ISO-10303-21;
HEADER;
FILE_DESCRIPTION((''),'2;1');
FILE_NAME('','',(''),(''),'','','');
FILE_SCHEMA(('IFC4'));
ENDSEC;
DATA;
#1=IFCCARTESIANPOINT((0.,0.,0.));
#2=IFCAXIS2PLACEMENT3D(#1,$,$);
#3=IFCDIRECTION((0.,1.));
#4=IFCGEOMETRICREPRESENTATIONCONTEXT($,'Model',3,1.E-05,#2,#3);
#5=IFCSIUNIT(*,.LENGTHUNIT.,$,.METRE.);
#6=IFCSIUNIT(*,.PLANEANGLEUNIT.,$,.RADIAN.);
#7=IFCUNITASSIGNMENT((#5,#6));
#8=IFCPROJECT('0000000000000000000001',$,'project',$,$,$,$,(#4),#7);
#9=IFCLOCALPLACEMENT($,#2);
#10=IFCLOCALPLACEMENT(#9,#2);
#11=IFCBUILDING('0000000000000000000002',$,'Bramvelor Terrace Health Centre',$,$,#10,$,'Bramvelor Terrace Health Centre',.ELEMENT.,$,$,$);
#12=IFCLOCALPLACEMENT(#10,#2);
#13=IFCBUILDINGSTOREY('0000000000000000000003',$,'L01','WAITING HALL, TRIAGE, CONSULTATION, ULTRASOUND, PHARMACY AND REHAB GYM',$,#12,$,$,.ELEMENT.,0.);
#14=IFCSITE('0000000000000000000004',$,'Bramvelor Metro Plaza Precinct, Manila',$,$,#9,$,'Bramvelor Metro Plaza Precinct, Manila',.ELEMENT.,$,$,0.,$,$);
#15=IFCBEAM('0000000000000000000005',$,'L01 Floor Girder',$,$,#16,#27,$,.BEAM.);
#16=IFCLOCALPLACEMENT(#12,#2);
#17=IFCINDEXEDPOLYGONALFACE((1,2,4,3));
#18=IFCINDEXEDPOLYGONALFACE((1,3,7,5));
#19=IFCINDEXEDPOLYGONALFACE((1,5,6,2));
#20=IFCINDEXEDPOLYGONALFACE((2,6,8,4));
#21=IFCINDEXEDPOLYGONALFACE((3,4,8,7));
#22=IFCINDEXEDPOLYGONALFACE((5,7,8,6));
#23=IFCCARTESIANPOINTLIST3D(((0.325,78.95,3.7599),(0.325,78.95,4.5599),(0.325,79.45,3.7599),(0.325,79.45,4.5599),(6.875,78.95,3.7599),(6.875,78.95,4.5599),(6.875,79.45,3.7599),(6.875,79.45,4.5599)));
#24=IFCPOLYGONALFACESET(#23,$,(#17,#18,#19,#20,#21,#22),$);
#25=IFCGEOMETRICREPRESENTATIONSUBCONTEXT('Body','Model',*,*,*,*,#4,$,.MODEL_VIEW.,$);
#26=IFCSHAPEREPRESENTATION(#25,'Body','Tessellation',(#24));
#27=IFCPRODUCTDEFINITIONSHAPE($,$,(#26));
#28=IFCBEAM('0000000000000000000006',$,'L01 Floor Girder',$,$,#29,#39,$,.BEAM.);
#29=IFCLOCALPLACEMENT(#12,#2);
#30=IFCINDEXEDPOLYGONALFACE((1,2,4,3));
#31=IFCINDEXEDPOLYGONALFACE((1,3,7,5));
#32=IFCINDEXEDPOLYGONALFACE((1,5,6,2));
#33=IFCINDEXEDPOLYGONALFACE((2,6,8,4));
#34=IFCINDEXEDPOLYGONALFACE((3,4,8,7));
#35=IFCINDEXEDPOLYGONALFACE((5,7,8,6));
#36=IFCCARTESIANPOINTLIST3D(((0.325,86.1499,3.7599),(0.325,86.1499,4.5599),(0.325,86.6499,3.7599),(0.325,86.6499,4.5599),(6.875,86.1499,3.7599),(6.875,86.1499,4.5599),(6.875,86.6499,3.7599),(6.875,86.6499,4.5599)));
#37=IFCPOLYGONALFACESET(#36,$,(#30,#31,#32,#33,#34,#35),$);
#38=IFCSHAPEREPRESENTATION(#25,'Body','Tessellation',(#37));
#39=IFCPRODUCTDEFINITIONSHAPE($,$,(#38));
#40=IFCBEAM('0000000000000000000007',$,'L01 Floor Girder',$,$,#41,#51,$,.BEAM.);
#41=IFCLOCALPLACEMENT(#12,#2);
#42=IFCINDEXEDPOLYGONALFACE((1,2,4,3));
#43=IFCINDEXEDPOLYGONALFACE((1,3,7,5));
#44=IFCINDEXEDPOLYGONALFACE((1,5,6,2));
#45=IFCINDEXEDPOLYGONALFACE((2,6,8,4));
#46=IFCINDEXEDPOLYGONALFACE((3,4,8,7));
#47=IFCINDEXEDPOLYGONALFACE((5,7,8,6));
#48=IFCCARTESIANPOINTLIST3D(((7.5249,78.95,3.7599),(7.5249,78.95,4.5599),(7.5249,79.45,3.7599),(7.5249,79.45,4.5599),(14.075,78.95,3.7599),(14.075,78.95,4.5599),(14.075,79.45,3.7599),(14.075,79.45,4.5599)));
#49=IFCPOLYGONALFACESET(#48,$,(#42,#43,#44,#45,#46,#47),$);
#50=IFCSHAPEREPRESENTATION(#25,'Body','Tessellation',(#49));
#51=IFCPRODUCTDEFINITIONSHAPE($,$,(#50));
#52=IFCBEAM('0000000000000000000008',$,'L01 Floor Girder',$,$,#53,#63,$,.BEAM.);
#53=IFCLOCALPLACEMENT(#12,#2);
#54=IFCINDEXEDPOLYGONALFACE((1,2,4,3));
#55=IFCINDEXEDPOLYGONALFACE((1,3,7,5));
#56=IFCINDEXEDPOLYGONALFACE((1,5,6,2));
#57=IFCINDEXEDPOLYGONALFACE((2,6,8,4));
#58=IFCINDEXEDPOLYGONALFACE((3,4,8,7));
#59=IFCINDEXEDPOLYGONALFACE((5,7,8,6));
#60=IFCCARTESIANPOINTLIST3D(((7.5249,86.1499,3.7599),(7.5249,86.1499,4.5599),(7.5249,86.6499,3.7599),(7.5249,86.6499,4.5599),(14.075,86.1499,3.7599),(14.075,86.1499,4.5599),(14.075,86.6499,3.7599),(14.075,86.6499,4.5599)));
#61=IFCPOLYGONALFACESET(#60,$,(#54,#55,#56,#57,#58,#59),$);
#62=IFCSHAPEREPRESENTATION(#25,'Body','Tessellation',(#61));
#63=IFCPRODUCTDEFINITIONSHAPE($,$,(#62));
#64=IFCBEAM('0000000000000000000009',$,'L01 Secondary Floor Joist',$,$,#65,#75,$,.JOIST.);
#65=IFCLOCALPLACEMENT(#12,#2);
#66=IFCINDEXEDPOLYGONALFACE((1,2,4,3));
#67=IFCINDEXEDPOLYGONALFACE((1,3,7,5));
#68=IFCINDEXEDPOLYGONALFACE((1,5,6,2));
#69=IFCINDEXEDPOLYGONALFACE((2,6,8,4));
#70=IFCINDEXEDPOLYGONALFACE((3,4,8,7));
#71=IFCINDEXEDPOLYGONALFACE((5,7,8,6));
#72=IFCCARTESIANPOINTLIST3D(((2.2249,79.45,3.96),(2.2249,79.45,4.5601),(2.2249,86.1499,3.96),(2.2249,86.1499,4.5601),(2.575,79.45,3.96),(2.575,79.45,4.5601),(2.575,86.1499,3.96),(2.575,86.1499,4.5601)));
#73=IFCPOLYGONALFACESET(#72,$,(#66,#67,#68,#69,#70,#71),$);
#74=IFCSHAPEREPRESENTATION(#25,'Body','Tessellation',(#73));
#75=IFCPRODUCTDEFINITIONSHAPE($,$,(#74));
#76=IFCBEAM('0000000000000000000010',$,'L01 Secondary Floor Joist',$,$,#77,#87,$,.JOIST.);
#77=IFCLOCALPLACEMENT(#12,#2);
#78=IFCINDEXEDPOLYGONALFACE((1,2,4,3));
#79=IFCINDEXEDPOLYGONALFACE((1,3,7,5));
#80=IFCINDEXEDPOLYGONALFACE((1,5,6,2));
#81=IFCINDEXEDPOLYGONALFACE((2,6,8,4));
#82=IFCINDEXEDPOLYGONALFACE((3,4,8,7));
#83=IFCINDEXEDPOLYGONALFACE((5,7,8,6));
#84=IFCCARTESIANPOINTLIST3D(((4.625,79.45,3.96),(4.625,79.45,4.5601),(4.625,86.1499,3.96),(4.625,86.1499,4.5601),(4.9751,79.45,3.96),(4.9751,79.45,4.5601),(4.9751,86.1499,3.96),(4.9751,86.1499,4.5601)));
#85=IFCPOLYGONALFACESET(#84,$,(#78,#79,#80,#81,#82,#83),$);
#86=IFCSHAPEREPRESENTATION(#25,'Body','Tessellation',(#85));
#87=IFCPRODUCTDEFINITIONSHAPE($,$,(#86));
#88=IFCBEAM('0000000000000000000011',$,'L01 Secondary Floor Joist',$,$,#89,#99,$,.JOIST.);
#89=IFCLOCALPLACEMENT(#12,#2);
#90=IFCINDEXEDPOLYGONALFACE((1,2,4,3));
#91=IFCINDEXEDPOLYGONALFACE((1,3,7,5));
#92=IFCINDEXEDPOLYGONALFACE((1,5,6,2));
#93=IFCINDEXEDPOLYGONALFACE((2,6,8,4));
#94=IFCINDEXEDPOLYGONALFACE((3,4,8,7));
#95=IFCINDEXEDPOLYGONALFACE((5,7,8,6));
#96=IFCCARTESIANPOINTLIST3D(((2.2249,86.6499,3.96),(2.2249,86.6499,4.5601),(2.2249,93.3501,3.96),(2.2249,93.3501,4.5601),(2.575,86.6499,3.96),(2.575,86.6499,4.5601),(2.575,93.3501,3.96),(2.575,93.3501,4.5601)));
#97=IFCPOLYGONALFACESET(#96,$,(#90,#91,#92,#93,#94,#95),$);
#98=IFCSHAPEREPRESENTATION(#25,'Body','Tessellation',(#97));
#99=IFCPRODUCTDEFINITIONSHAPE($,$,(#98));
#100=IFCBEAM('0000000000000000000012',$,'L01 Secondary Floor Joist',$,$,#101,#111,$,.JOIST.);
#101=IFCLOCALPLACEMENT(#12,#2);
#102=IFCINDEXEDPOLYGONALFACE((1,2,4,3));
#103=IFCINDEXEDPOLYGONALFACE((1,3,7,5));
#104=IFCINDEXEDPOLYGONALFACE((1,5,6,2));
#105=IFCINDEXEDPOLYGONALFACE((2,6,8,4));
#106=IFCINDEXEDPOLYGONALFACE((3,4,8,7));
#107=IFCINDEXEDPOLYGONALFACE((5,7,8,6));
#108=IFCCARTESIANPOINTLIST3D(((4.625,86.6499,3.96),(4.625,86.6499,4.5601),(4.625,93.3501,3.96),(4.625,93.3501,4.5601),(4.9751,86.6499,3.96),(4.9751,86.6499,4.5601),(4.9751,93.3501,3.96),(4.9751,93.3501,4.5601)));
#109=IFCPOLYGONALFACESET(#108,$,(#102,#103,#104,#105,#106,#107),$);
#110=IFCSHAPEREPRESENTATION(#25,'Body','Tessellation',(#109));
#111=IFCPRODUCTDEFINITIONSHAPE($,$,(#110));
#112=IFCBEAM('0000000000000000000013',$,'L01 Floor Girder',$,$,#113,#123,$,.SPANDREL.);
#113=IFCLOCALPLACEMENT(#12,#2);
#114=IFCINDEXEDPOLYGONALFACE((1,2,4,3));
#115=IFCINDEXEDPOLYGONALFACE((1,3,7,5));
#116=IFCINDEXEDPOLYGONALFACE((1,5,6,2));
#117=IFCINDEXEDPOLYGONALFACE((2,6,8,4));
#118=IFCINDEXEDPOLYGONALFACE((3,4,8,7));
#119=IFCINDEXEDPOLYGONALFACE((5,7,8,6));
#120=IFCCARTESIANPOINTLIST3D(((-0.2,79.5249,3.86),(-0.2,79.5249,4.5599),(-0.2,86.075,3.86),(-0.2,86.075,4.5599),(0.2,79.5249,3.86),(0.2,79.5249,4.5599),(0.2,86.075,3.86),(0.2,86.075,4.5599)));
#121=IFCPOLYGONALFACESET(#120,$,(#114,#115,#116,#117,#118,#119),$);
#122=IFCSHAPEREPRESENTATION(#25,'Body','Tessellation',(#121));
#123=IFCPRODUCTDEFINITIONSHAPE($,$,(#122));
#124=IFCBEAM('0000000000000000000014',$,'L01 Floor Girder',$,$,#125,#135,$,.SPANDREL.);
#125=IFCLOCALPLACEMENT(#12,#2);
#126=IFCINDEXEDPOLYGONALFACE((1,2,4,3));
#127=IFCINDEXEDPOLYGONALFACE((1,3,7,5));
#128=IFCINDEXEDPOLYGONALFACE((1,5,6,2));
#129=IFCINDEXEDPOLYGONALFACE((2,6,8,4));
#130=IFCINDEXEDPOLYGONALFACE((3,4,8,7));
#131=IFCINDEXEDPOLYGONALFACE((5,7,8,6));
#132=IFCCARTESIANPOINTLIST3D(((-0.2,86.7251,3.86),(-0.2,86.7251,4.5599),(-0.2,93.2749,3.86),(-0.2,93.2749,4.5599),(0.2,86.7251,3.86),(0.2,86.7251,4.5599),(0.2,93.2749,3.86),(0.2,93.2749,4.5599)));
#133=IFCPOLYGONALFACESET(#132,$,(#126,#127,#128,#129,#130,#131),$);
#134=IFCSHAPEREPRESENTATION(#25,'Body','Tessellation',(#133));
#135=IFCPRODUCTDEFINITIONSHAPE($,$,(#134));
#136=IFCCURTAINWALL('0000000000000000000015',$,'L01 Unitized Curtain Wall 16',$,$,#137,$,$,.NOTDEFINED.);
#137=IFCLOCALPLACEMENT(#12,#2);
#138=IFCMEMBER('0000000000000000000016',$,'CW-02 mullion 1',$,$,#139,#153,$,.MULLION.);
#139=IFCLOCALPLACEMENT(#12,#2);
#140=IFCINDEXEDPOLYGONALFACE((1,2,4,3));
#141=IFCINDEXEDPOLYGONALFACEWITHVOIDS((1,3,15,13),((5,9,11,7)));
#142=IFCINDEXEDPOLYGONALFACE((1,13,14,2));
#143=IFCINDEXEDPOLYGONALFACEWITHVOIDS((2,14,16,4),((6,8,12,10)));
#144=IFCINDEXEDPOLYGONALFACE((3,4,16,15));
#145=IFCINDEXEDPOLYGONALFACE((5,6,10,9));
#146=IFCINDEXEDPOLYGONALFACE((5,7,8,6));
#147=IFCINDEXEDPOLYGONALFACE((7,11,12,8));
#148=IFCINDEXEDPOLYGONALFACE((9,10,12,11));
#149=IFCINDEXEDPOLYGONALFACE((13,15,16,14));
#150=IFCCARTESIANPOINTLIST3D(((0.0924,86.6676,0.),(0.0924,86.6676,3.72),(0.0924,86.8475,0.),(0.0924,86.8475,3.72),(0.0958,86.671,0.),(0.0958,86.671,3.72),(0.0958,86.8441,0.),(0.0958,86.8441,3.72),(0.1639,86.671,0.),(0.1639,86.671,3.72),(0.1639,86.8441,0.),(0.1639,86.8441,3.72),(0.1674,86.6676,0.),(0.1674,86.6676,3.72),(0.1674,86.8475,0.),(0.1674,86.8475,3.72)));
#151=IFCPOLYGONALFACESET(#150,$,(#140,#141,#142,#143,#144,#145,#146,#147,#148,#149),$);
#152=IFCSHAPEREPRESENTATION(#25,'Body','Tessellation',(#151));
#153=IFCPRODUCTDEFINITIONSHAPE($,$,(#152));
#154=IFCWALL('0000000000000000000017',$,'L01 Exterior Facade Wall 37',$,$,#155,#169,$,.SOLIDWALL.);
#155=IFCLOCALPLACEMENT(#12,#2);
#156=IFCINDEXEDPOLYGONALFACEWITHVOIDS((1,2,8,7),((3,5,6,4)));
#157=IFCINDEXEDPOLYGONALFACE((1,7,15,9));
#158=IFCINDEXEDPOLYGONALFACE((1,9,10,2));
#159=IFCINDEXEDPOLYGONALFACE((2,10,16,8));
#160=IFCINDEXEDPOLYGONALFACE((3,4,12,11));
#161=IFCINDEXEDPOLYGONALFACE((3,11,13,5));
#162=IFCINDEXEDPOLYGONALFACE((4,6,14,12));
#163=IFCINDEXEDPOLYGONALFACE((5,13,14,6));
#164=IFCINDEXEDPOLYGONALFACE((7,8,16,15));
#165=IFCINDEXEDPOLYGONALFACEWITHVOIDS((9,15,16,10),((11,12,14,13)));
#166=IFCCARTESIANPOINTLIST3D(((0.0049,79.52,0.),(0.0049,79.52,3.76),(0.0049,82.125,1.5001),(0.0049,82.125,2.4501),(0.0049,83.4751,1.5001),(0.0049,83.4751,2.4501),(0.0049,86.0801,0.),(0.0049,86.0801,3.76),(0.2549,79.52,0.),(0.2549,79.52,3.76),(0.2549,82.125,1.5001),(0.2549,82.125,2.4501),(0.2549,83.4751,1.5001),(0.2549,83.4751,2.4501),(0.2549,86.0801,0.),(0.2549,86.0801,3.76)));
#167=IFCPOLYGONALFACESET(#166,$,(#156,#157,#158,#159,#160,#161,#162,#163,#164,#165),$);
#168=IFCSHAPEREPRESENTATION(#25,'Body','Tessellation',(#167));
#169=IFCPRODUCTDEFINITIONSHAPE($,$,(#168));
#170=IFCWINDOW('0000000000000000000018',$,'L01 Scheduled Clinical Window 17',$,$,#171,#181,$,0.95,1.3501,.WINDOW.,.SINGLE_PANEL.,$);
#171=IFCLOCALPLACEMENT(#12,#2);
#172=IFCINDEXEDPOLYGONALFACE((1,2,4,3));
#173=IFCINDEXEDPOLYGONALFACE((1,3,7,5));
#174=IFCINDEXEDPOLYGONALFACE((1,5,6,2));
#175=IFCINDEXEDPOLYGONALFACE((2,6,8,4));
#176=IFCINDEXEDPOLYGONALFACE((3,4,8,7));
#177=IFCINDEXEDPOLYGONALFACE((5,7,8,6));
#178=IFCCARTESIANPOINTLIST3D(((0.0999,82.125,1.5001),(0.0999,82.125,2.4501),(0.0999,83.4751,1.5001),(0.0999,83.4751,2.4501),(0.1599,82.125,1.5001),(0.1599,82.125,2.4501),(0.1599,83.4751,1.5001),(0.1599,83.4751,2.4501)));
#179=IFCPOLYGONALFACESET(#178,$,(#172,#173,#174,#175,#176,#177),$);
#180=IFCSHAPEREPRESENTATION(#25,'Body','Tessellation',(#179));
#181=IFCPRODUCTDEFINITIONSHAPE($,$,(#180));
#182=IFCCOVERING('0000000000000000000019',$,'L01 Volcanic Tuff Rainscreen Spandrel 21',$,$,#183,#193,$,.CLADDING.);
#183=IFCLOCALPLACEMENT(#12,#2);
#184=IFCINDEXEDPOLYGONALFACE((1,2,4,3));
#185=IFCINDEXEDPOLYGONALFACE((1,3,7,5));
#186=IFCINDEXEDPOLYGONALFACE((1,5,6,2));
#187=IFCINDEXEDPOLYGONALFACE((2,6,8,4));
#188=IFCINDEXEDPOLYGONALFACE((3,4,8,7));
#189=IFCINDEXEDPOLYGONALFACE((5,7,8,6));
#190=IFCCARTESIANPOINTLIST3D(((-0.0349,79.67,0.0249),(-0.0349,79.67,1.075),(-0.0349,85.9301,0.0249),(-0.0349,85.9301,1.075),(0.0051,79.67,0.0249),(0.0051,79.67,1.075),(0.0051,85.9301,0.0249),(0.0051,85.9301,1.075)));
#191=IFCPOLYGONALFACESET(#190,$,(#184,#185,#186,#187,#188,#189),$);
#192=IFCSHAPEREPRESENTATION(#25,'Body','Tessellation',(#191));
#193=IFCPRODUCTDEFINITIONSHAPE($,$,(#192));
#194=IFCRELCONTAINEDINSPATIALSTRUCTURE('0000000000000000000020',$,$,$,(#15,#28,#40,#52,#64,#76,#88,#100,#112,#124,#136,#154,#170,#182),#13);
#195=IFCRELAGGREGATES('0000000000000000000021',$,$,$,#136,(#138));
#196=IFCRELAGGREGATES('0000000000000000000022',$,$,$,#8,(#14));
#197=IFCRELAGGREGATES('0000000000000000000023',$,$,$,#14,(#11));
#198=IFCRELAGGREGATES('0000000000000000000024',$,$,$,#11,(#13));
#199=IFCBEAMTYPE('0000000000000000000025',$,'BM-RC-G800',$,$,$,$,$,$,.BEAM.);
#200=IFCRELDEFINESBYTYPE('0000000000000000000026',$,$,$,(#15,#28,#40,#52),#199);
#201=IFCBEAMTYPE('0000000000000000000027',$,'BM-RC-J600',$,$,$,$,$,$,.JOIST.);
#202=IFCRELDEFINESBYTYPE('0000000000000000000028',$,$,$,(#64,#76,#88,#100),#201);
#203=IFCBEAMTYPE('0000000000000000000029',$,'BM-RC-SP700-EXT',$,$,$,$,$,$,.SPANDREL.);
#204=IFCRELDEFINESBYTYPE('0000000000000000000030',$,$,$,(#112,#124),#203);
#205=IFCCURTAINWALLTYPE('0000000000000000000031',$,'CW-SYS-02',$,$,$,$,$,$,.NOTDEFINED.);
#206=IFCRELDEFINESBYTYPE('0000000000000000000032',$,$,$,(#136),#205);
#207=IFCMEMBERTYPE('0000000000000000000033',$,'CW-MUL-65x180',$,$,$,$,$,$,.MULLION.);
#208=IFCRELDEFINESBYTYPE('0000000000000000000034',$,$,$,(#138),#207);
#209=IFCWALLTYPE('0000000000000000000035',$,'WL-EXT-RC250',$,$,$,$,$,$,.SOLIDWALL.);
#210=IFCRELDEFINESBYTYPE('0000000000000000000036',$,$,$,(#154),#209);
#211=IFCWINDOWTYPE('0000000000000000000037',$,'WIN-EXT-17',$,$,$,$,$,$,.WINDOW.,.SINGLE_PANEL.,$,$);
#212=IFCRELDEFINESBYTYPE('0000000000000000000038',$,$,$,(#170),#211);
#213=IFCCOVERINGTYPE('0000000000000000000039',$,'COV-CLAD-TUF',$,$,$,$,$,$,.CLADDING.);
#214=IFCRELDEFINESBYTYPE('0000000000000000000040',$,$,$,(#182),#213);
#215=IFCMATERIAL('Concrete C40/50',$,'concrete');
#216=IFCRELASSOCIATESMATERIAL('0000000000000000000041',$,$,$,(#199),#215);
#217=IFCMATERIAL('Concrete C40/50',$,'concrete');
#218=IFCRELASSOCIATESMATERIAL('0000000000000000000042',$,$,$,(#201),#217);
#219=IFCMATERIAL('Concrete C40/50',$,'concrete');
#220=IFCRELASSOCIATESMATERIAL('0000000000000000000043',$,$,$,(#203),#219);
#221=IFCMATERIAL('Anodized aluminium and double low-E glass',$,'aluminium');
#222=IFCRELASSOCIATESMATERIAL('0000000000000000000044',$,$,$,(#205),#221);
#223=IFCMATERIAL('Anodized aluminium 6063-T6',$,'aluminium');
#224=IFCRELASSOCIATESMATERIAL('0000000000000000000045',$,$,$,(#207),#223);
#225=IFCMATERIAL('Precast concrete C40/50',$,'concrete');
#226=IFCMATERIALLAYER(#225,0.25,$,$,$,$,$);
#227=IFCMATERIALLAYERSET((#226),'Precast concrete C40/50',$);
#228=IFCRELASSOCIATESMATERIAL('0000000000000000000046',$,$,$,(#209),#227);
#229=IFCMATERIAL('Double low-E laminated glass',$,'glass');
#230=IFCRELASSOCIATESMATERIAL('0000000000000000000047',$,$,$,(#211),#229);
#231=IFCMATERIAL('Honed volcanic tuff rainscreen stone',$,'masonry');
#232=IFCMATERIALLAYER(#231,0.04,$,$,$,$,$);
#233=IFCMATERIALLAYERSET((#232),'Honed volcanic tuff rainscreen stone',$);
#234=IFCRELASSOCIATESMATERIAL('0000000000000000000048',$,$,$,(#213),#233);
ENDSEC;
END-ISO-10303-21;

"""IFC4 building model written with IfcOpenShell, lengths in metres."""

from ifc_helpers import new_model, si_unit, direction, frame, frame_2d, origin, origin_2d, place, context, subcontext, project, spatial, rectangle, hollow_rectangle, extrude, material, layer, layer_set, material_profile, profile_set, type_object, element, fill, aggregate, save


model = new_model("IFC4")

# Units and contexts
model_context = context("Model", 3, precision=1e-05, world=origin(), true_north=direction((0.0, 1.0)))
body_context = subcontext(model_context, "Body", "Model", "MODEL_VIEW")
ifc_project = project(units=[si_unit("LENGTHUNIT", "METRE"), si_unit("PLANEANGLEUNIT", "RADIAN")], contexts=[model_context])

# Site, building, storey
site_placement = place(None, origin())
site = spatial("IfcSite", under=ifc_project, at=site_placement, Name="Bramvelor Metro Plaza Precinct, Manila", LongName="Bramvelor Metro Plaza Precinct, Manila", CompositionType="ELEMENT", RefElevation=0.0)
building_placement = place(site_placement, origin())
building = spatial("IfcBuilding", under=site, at=building_placement, Name="Bramvelor Terrace Health Centre", LongName="Bramvelor Terrace Health Centre", CompositionType="ELEMENT")
storey_placement = place(building_placement, origin())
storey = spatial("IfcBuildingStorey", under=building, at=storey_placement, Name="L01", Description="WAITING HALL, TRIAGE, CONSULTATION, ULTRASOUND, PHARMACY AND REHAB GYM", CompositionType="ELEMENT", Elevation=0.0)

# Beams
ifc_material_1 = material(Name="Concrete C40/50", Category="concrete")
ifc_material_profile_1 = material_profile(ifc_material_1, rectangle(XDim=0.5, YDim=0.8, at=origin_2d()), Name="RC 500x800")
ifc_profile_set_1 = profile_set([ifc_material_profile_1], Name="Concrete C40/50")
beam_type_1 = type_object("IfcBeamType", Name="BM-RC-G800", PredefinedType="BEAM", material=ifc_profile_set_1)
for number, where, z_axis, x_axis, name in (
    (1, (0.325, 79.2, 4.1599), (1.0, 0.0, 0.0), (0.0, 1.0, 0.0), "L01 Floor Girder"),
    (2, (0.325, 86.3999, 4.1599), (1.0, 0.0, 0.0), (0.0, 1.0, 0.0), "L01 Floor Girder"),
    (3, (7.5249, 79.2, 4.1599), (1.0, 0.0, 0.0), (0.0, 1.0, 0.0), "L01 Floor Girder"),
    (4, (7.5249, 86.3999, 4.1599), (1.0, 0.0, 0.0), (0.0, 1.0, 0.0), "L01 Floor Girder"),
):
    element("IfcBeam", number, at=place(storey_placement, frame(where, z_axis=z_axis, x_axis=x_axis)), inside=storey, type_object=beam_type_1, Name=name, PredefinedType="BEAM", context=body_context, shape_type="SweptSolid", body=[
        extrude(rectangle(XDim=0.5, YDim=0.8, at=origin_2d()), origin(), (0.0, 0.0, 1.0), 6.55),
    ])
ifc_material_2 = material(Name="Concrete C40/50", Category="concrete")
ifc_material_profile_2 = material_profile(ifc_material_2, rectangle(XDim=0.3501, YDim=0.6001, at=origin_2d()), Name="RC 350x600")
ifc_profile_set_2 = profile_set([ifc_material_profile_2], Name="Concrete C40/50")
beam_type_2 = type_object("IfcBeamType", Name="BM-RC-J600", PredefinedType="JOIST", material=ifc_profile_set_2)
for number, where, z_axis, x_axis, name in (
    (5, (2.3999, 79.45, 4.26), (0.0, 1.0, 0.0), (-1.0, 0.0, 0.0), "L01 Secondary Floor Joist"),
    (6, (4.8, 79.45, 4.26), (0.0, 1.0, 0.0), (-1.0, 0.0, 0.0), "L01 Secondary Floor Joist"),
):
    element("IfcBeam", number, at=place(storey_placement, frame(where, z_axis=z_axis, x_axis=x_axis)), inside=storey, type_object=beam_type_2, Name=name, PredefinedType="JOIST", context=body_context, shape_type="SweptSolid", body=[
        extrude(rectangle(XDim=0.3501, YDim=0.6001, at=origin_2d()), origin(), (0.0, 0.0, 1.0), 6.7),
    ])
for number, where, z_axis, x_axis, name in (
    (7, (2.3999, 86.6499, 4.26), (0.0, 1.0, 0.0), (-1.0, 0.0, 0.0), "L01 Secondary Floor Joist"),
    (8, (4.8, 86.6499, 4.26), (0.0, 1.0, 0.0), (-1.0, 0.0, 0.0), "L01 Secondary Floor Joist"),
):
    element("IfcBeam", number, at=place(storey_placement, frame(where, z_axis=z_axis, x_axis=x_axis)), inside=storey, type_object=beam_type_2, Name=name, PredefinedType="JOIST", context=body_context, shape_type="SweptSolid", body=[
        extrude(rectangle(XDim=0.3501, YDim=0.6001, at=origin_2d()), origin(), (0.0, 0.0, 1.0), 6.7002),
    ])
ifc_material_3 = material(Name="Concrete C40/50", Category="concrete")
ifc_material_profile_3 = material_profile(ifc_material_3, rectangle(XDim=0.3999, YDim=0.7, at=origin_2d()), Name="RC 400x700")
ifc_profile_set_3 = profile_set([ifc_material_profile_3], Name="Concrete C40/50")
beam_type_3 = type_object("IfcBeamType", Name="BM-RC-SP700-EXT", PredefinedType="SPANDREL", material=ifc_profile_set_3)
beam_1_placement = place(storey_placement, frame((0.0, 79.5249, 4.21), z_axis=(0.0, 1.0, 0.0), x_axis=(-1.0, 0.0, 0.0)))
element("IfcBeam", 9, at=beam_1_placement, inside=storey, type_object=beam_type_3, Name="L01 Floor Girder", PredefinedType="SPANDREL", context=body_context, shape_type="SweptSolid", body=[
    extrude(rectangle(XDim=0.3999, YDim=0.7, at=origin_2d()), origin(), (0.0, 0.0, 1.0), 6.55),
])
beam_2_placement = place(storey_placement, frame((0.0, 86.7251, 4.21), z_axis=(0.0, 1.0, 0.0), x_axis=(-1.0, 0.0, 0.0)))
element("IfcBeam", 10, at=beam_2_placement, inside=storey, type_object=beam_type_3, Name="L01 Floor Girder", PredefinedType="SPANDREL", context=body_context, shape_type="SweptSolid", body=[
    extrude(rectangle(XDim=0.3999, YDim=0.7, at=origin_2d()), origin(), (0.0, 0.0, 1.0), 6.5498),
])

# Curtain wall, member
ifc_material_4 = material(Name="Anodized aluminium and double low-E glass", Category="aluminium")
curtain_wall_type = type_object("IfcCurtainWallType", Name="CW-SYS-02", PredefinedType="NOTDEFINED", material=ifc_material_4)
curtain_wall_placement = place(storey_placement, origin())
curtain_wall = element("IfcCurtainWall", 11, at=curtain_wall_placement, inside=storey, type_object=curtain_wall_type, Name="L01 Unitized Curtain Wall 16", PredefinedType="NOTDEFINED")
ifc_material_5 = material(Name="Anodized aluminium 6063-T6", Category="aluminium")
ifc_material_profile_4 = material_profile(ifc_material_5, hollow_rectangle(XDim=0.075, YDim=0.1799, WallThickness=0.0034, at=origin_2d()), Name="ALU-MUL 75x180x3.5")
ifc_profile_set_4 = profile_set([ifc_material_profile_4], Name="Anodized aluminium 6063-T6")
member_type = type_object("IfcMemberType", Name="CW-MUL-65x180", PredefinedType="MULLION", material=ifc_profile_set_4)
member_placement = place(storey_placement, frame((0.1299, 86.7576, 0.0), z_axis=(0.0, 0.0, 1.0), x_axis=(-1.0, 0.0, 0.0)))
member = element("IfcMember", 12, at=member_placement, type_object=member_type, Name="CW-02 mullion 1", PredefinedType="MULLION", context=body_context, shape_type="SweptSolid", body=[
    extrude(hollow_rectangle(XDim=0.075, YDim=0.1799, WallThickness=0.0034, at=origin_2d()), origin(), (0.0, 0.0, 1.0), 3.72),
])
aggregate(curtain_wall, [member])

# Wall, opening, window
ifc_material_6 = material(Name="Precast concrete C40/50", Category="concrete")
ifc_layer_1 = layer(ifc_material_6, 0.25)
ifc_layer_set_1 = layer_set([ifc_layer_1], Name="Precast concrete C40/50")
wall_type = type_object("IfcWallType", Name="WL-EXT-RC250", PredefinedType="SOLIDWALL", material=ifc_layer_set_1)
wall_placement = place(storey_placement, frame((0.1299, 79.52, 0.0), z_axis=(0.0, 0.0, 1.0), x_axis=(0.0, 1.0, 0.0)))
wall = element("IfcWall", 13, at=wall_placement, inside=storey, type_object=wall_type, Name="L01 Exterior Facade Wall 37", PredefinedType="SOLIDWALL", context=body_context, shape_type="SweptSolid", body=[
    extrude(rectangle(XDim=6.5601, YDim=0.25, at=frame_2d((3.28, 0.0))), origin(), (0.0, 0.0, 1.0), 3.76),
])
opening_placement = place(wall_placement, frame((2.605, 0.0, 1.5)))
opening = element("IfcOpeningElement", 14, at=opening_placement, cuts=wall, PredefinedType="OPENING", context=body_context, shape_type="SweptSolid", body=[
    extrude(rectangle(XDim=1.3501, YDim=0.95, at=frame_2d((0.675, 0.4751))), frame((0.0, 0.135, 0.0), z_axis=(0.0, -1.0, 0.0), x_axis=(1.0, 0.0, 0.0)), (0.0, 0.0, 1.0), 0.27),
])
ifc_material_7 = material(Name="Double low-E laminated glass", Category="glass")
window_type = type_object("IfcWindowType", Name="WIN-EXT-17", PartitioningType="SINGLE_PANEL", PredefinedType="WINDOW", material=ifc_material_7)
window_placement = place(opening_placement, origin())
window = element("IfcWindow", 15, at=window_placement, inside=storey, type_object=window_type, Name="L01 Scheduled Clinical Window 17", OverallHeight=0.95, OverallWidth=1.3501, PartitioningType="SINGLE_PANEL", PredefinedType="WINDOW", context=body_context, shape_type="SweptSolid", body=[
    extrude(rectangle(XDim=1.3501, YDim=0.95, at=frame_2d((0.675, 0.4751))), frame((0.0, 0.03, 0.0), z_axis=(0.0, -1.0, 0.0), x_axis=(1.0, 0.0, 0.0)), (0.0, 0.0, 1.0), 0.0601),
])
fill(opening, window)

# Covering
ifc_material_8 = material(Name="Honed volcanic tuff rainscreen stone", Category="masonry")
ifc_layer_2 = layer(ifc_material_8, 0.04)
ifc_layer_set_2 = layer_set([ifc_layer_2], Name="Honed volcanic tuff rainscreen stone")
covering_type = type_object("IfcCoveringType", Name="COV-CLAD-TUF", PredefinedType="CLADDING", material=ifc_layer_set_2)
covering_placement = place(storey_placement, frame((-0.0149, 82.8, 0.0249), z_axis=(0.0, 0.0, 1.0), x_axis=(1.0, 0.0, 0.0)))
element("IfcCovering", 16, at=covering_placement, inside=storey, type_object=covering_type, Name="L01 Volcanic Tuff Rainscreen Spandrel 21", PredefinedType="CLADDING", context=body_context, shape_type="SweptSolid", body=[
    extrude(rectangle(XDim=0.04, YDim=6.26, at=origin_2d()), origin(), (0.0, 0.0, 1.0), 1.05),
])

save(model, "model.ifc")
